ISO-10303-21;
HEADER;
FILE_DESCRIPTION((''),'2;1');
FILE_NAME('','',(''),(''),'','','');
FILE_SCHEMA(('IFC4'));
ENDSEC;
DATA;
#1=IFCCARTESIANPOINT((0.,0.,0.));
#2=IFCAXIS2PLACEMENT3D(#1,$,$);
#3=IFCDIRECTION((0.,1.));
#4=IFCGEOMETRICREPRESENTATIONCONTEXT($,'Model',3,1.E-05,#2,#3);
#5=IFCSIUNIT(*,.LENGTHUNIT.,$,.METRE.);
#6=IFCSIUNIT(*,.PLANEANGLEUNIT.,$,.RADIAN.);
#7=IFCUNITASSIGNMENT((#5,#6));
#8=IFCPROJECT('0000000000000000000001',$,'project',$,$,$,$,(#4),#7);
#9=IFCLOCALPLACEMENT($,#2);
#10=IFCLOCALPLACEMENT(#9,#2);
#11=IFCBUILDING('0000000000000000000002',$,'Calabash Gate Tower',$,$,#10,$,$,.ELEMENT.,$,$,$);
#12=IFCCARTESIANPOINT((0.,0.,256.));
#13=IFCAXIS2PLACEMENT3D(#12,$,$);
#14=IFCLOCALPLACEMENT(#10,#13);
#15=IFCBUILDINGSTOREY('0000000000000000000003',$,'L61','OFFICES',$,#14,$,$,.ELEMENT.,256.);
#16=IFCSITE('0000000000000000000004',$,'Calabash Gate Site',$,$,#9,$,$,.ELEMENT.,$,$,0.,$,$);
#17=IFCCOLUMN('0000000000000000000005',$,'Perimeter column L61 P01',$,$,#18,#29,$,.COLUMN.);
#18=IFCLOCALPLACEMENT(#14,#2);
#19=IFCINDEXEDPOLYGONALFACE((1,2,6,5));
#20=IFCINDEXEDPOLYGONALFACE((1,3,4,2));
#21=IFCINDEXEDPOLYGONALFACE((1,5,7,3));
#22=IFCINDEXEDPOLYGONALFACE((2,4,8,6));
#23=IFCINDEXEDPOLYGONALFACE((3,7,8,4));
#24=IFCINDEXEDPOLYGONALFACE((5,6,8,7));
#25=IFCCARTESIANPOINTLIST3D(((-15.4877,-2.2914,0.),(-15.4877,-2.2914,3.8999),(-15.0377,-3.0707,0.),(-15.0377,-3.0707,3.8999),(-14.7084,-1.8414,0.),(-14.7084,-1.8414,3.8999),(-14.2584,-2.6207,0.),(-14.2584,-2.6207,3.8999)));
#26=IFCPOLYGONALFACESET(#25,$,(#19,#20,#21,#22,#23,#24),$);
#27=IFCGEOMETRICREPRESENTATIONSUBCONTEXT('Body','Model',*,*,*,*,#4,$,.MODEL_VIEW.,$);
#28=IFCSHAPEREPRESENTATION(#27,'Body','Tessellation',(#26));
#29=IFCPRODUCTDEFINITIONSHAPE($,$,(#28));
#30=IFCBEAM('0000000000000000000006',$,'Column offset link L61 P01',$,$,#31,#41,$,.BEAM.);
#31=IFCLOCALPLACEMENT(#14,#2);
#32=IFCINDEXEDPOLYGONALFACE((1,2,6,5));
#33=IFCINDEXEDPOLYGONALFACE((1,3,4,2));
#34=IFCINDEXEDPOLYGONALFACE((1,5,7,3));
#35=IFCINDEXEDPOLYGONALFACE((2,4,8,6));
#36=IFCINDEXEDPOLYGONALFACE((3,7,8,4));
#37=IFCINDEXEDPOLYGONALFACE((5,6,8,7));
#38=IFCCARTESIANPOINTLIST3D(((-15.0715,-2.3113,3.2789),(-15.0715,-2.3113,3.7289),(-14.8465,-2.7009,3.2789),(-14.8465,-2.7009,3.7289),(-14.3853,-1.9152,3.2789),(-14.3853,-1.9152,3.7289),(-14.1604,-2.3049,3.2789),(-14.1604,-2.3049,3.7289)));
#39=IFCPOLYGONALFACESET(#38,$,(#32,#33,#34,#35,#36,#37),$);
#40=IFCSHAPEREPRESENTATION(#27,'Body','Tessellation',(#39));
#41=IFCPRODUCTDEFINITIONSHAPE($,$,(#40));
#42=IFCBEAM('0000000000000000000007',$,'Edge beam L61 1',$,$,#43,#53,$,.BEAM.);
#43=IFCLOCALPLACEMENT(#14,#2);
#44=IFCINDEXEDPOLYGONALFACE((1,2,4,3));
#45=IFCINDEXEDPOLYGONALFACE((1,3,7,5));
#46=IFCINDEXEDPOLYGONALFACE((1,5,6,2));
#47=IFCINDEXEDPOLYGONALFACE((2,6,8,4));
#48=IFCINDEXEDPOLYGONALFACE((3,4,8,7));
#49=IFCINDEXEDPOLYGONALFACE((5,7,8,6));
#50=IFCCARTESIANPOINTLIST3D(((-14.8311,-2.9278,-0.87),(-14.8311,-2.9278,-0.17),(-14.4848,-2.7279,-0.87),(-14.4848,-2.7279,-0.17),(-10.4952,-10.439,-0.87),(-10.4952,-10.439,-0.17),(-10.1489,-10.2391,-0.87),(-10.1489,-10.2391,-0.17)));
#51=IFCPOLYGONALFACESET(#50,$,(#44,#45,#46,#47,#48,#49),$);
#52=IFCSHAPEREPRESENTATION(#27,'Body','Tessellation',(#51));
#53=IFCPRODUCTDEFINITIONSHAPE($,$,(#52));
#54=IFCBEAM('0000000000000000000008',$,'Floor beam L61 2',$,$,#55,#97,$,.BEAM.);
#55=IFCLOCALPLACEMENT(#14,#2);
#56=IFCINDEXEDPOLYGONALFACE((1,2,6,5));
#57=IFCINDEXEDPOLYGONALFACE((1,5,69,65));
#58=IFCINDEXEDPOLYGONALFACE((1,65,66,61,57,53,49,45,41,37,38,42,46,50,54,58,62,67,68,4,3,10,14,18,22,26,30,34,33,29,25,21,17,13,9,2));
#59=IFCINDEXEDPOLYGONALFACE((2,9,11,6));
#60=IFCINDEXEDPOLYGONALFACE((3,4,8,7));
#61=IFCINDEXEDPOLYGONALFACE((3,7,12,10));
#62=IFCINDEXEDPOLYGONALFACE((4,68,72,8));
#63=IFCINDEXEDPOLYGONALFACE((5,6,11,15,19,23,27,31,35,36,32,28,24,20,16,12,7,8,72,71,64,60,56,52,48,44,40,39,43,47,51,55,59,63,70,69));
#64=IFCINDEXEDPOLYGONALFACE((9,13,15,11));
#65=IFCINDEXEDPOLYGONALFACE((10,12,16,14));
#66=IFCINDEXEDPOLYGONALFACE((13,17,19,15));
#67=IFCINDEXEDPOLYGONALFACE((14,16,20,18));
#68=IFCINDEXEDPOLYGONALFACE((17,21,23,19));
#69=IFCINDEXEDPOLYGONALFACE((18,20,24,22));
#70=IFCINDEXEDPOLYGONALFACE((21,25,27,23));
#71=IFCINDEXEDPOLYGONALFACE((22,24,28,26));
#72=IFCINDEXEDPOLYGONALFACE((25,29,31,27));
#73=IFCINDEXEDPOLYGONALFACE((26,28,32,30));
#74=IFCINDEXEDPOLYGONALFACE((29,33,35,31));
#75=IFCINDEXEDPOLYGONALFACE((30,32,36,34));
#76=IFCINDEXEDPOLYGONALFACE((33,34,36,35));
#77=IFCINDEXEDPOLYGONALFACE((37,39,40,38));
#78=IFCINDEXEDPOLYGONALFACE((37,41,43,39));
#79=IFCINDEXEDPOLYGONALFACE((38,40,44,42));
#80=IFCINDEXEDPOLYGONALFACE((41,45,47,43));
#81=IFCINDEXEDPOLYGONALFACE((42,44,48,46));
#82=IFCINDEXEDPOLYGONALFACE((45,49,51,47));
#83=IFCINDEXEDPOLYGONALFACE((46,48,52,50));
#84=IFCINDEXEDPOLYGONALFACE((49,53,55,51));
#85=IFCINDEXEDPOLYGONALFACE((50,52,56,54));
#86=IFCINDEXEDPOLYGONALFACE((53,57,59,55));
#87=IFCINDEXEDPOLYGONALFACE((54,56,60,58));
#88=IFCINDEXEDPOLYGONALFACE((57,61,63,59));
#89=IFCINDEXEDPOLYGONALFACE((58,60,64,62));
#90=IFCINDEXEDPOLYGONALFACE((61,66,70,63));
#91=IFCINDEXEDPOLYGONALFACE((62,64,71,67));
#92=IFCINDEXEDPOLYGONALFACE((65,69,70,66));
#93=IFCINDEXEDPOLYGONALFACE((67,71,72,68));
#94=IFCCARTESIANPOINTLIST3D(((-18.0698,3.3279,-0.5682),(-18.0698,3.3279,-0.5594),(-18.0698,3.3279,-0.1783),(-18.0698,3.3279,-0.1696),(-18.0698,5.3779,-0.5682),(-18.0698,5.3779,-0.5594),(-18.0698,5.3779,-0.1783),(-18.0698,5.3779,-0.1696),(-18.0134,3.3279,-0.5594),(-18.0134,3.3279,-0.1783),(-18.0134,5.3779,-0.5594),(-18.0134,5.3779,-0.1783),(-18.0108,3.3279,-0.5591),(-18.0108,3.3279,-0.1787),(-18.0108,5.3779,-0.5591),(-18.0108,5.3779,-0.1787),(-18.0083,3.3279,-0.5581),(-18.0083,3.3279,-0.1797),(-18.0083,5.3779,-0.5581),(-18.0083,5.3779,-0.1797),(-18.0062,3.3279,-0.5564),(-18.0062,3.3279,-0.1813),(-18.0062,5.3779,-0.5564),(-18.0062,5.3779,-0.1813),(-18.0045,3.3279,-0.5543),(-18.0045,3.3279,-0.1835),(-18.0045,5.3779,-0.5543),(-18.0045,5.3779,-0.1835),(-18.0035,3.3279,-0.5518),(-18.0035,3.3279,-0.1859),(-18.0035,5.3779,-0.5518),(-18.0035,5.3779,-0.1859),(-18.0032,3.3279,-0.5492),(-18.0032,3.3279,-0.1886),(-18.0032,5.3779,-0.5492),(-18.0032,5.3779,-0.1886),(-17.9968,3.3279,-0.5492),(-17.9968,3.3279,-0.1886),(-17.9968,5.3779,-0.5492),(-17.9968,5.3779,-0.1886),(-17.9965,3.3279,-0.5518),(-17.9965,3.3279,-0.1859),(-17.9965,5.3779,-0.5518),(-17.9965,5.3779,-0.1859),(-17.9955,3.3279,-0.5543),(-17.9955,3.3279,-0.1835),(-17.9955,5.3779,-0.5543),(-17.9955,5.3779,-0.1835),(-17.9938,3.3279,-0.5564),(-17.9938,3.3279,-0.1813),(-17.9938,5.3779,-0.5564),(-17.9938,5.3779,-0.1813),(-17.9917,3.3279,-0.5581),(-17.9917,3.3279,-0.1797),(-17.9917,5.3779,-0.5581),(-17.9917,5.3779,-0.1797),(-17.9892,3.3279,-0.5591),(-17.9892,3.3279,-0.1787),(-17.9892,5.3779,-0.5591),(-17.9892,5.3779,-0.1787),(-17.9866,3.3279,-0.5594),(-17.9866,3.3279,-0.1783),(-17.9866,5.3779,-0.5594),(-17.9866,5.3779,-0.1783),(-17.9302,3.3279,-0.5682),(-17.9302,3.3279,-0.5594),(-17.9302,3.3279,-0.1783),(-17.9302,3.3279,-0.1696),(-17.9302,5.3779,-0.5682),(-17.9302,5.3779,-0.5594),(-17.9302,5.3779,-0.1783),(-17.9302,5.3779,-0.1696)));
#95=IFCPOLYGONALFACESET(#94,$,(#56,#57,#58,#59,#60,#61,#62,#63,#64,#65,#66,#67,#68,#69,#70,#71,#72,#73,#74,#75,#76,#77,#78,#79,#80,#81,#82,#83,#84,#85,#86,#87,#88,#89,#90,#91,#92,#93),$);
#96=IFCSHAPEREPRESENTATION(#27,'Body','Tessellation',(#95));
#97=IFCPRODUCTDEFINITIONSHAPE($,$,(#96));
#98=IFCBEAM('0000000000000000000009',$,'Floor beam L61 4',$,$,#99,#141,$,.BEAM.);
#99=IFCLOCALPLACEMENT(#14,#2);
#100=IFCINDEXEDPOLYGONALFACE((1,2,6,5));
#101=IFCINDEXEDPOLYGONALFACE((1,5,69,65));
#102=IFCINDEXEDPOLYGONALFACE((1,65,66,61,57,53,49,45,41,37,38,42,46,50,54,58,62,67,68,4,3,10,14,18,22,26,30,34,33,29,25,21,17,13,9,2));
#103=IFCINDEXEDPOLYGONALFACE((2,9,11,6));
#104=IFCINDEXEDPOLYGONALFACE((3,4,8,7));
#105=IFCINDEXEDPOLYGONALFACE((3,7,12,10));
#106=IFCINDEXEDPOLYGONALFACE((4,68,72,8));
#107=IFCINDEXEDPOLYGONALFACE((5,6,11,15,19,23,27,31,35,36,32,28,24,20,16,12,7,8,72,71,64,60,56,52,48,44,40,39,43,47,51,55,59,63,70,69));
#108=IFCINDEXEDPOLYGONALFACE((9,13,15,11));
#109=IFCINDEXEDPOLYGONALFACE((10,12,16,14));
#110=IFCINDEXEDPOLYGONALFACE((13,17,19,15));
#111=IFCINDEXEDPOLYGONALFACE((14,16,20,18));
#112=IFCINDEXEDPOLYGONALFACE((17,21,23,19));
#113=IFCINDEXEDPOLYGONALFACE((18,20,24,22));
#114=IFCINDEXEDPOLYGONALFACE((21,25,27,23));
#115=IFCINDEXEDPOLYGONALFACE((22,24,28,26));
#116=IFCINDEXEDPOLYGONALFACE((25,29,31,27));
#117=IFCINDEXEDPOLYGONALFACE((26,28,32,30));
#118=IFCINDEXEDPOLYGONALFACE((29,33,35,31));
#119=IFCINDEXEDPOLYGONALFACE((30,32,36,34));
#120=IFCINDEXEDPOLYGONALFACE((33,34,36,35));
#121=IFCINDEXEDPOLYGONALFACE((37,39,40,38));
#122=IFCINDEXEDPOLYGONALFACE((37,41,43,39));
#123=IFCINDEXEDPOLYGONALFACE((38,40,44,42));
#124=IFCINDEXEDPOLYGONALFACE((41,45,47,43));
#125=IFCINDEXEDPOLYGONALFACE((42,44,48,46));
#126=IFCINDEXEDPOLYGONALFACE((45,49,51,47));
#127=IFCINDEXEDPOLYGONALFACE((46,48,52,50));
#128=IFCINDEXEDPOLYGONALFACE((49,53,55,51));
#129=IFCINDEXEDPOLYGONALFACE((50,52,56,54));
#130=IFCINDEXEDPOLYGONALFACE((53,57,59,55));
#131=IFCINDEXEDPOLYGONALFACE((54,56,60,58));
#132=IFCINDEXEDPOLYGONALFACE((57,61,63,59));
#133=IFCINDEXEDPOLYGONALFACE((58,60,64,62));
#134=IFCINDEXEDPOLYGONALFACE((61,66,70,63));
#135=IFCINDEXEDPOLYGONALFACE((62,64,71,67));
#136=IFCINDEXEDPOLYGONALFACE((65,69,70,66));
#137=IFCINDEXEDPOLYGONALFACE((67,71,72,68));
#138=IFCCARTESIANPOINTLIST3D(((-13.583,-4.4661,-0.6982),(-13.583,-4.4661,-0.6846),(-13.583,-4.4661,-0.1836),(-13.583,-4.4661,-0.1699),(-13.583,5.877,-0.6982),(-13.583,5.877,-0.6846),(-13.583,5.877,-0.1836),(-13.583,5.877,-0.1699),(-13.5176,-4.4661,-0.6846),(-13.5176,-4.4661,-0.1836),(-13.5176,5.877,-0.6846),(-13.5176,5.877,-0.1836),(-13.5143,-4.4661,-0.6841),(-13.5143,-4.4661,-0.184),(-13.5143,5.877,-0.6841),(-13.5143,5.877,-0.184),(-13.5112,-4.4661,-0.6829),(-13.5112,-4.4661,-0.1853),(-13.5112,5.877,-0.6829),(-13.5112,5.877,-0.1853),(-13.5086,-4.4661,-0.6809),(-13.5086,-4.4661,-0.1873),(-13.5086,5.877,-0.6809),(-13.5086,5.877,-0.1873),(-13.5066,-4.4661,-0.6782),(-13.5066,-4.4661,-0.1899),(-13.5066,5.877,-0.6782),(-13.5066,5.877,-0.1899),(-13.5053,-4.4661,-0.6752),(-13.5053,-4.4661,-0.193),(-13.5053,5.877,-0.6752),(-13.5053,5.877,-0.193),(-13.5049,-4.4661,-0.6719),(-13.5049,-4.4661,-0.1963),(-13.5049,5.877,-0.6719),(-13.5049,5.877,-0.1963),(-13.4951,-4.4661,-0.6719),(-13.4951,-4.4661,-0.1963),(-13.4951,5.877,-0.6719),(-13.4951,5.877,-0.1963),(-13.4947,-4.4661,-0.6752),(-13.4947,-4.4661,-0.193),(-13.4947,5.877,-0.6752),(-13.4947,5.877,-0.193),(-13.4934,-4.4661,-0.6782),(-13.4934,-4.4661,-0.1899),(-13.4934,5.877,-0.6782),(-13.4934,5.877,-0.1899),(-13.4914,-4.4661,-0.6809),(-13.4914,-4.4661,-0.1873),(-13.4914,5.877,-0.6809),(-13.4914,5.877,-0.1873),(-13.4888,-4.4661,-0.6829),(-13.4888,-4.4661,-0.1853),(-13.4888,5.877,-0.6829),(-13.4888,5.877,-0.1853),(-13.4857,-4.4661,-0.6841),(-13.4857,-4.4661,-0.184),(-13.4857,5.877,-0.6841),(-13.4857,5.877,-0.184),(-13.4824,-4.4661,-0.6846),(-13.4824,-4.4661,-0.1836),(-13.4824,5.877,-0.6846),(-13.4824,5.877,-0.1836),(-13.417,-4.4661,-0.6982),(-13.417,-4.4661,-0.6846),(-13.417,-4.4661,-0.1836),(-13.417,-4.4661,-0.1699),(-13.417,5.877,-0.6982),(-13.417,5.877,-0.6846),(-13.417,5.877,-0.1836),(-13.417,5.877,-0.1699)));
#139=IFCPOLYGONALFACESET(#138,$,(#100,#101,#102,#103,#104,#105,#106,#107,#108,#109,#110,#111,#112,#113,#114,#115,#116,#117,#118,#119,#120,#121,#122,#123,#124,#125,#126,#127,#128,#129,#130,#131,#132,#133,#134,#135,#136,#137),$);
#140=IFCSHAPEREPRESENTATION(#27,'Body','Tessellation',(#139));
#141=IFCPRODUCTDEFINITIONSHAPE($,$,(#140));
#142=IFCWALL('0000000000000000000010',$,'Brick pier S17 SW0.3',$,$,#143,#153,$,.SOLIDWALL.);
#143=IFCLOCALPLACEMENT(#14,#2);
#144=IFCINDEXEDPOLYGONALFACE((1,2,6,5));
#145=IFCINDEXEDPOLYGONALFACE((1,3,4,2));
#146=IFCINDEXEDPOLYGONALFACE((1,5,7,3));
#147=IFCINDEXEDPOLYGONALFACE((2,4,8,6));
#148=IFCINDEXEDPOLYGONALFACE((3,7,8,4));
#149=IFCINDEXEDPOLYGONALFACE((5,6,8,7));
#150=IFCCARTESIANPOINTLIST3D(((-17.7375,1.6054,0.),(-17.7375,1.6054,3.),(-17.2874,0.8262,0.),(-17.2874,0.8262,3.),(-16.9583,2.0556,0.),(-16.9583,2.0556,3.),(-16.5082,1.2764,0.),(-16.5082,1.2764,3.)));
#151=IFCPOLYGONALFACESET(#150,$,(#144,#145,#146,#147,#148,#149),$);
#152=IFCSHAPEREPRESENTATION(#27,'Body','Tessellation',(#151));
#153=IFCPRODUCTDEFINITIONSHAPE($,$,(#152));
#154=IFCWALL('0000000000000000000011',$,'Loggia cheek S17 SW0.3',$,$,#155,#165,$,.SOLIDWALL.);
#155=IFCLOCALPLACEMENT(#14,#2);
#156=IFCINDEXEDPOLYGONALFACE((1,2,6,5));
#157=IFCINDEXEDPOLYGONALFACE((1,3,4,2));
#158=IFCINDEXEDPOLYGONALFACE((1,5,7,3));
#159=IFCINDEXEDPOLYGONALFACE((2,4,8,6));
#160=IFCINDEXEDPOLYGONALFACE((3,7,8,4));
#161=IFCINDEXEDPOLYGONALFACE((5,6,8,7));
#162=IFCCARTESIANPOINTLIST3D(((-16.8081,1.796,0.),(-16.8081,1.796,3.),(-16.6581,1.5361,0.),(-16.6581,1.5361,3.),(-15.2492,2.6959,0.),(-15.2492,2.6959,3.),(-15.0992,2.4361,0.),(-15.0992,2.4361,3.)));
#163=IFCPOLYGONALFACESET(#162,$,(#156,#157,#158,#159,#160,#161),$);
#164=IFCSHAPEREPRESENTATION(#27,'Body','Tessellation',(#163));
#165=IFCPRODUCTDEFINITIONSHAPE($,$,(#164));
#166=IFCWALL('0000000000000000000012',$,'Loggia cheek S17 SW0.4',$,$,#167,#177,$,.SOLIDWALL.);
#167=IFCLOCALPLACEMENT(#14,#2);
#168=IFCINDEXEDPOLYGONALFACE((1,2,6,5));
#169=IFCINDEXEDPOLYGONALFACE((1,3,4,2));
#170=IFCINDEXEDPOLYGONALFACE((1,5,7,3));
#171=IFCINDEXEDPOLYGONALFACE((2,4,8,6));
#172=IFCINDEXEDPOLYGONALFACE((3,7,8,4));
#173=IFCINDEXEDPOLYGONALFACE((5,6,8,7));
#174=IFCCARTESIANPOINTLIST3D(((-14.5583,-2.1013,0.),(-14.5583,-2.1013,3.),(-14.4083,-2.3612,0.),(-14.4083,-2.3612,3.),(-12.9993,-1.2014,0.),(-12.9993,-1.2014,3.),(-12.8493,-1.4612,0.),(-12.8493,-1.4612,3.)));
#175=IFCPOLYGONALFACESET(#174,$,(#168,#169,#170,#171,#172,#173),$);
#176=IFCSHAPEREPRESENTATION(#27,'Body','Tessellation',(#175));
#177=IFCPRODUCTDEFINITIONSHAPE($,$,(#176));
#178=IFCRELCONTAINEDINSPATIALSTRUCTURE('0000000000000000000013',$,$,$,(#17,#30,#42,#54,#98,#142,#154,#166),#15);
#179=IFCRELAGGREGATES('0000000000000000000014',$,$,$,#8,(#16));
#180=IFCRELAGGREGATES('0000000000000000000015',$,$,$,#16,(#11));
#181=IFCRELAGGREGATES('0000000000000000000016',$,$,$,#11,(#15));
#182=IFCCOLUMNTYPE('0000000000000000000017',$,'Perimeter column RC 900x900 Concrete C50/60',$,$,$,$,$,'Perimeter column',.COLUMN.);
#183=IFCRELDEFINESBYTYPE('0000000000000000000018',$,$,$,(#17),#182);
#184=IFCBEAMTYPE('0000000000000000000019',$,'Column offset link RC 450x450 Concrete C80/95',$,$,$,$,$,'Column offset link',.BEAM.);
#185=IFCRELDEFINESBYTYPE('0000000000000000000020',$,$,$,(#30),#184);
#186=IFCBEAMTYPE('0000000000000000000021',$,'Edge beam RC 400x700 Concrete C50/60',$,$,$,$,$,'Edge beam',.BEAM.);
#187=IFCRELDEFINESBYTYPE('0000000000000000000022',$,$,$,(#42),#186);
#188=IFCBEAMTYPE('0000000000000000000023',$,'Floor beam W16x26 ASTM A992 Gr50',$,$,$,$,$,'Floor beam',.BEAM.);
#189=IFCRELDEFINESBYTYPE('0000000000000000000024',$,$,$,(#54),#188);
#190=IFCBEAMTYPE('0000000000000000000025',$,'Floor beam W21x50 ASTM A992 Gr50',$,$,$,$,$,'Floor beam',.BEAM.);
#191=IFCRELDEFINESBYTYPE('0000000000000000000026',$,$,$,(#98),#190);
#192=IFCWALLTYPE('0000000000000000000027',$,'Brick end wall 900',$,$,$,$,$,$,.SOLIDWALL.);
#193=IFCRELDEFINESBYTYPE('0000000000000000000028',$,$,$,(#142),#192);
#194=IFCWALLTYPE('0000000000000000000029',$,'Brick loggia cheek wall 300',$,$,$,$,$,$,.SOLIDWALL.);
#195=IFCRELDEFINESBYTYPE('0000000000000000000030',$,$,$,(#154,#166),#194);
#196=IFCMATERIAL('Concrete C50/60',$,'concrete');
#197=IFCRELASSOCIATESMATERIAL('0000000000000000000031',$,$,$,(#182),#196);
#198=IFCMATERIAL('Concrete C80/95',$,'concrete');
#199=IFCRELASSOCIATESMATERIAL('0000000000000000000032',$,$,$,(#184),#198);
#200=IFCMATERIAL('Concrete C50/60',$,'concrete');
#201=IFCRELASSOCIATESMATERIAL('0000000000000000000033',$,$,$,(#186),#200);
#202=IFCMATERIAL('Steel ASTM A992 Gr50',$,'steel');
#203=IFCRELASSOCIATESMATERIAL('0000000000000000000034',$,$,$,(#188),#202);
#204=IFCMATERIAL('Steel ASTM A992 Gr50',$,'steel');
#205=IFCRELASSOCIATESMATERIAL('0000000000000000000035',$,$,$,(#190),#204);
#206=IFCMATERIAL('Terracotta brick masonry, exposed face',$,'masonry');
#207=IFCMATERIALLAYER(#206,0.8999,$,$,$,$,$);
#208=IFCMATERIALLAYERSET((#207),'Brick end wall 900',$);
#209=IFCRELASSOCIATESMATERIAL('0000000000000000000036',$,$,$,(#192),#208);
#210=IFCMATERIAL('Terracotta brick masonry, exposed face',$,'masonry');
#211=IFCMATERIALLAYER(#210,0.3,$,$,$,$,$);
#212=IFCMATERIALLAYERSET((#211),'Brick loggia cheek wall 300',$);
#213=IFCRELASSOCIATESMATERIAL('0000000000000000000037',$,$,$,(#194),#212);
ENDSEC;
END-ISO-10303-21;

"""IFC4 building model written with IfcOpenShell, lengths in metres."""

from ifc_helpers import new_model, si_unit, direction, frame, frame_2d, origin, origin_2d, place, context, subcontext, project, spatial, rectangle, i_section, extrude, material, layer, layer_set, material_profile, profile_set, type_object, element, save


model = new_model("IFC4")

# Units and contexts
model_context = context("Model", 3, precision=1e-05, world=origin(), true_north=direction((0.0, 1.0)))
body_context = subcontext(model_context, "Body", "Model", "MODEL_VIEW")
ifc_project = project(units=[si_unit("LENGTHUNIT", "METRE"), si_unit("PLANEANGLEUNIT", "RADIAN")], contexts=[model_context])

# Site, building, storey
site_placement = place(None, origin())
site = spatial("IfcSite", under=ifc_project, at=site_placement, Name="Calabash Gate Site", CompositionType="ELEMENT", RefElevation=0.0)
building_placement = place(site_placement, origin())
building = spatial("IfcBuilding", under=site, at=building_placement, Name="Calabash Gate Tower", CompositionType="ELEMENT")
storey_placement = place(building_placement, frame((0.0, 0.0, 256.0)))
storey = spatial("IfcBuildingStorey", under=building, at=storey_placement, Name="L61", Description="OFFICES", CompositionType="ELEMENT", Elevation=256.0)

# Column
ifc_material_1 = material(Name="Concrete C50/60", Category="concrete")
ifc_material_profile_1 = material_profile(ifc_material_1, rectangle(XDim=0.8999, YDim=0.8999, at=origin_2d()))
ifc_profile_set_1 = profile_set([ifc_material_profile_1], Name="Concrete C50/60")
column_type = type_object("IfcColumnType", Name="Perimeter column RC 900x900 Concrete C50/60", ElementType="Perimeter column", PredefinedType="COLUMN", material=ifc_profile_set_1)
column_placement = place(storey_placement, frame((-14.873, -2.4561, 0.0), z_axis=(0.0, 0.0, 1.0), x_axis=(0.5, -0.866025, 0.0)))
element("IfcColumn", 1, at=column_placement, inside=storey, type_object=column_type, Name="Perimeter column L61 P01", PredefinedType="COLUMN", context=body_context, shape_type="SweptSolid", body=[
    extrude(rectangle(XDim=0.8999, YDim=0.8999, at=origin_2d()), origin(), (0.0, 0.0, 1.0), 3.8999),
])

# Beams
ifc_material_2 = material(Name="Concrete C80/95", Category="concrete")
ifc_material_profile_2 = material_profile(ifc_material_2, rectangle(XDim=0.45, YDim=0.45, at=origin_2d()))
ifc_profile_set_2 = profile_set([ifc_material_profile_2], Name="Concrete C80/95")
beam_type_1 = type_object("IfcBeamType", Name="Column offset link RC 450x450 Concrete C80/95", ElementType="Column offset link", PredefinedType="BEAM", material=ifc_profile_set_2)
beam_1_placement = place(storey_placement, frame((-14.959, -2.5061, 3.5039), z_axis=(0.866073, 0.499918, 0.0), x_axis=(-0.499918, 0.866073, 0.0)))
element("IfcBeam", 2, at=beam_1_placement, inside=storey, type_object=beam_type_1, Name="Column offset link L61 P01", PredefinedType="BEAM", context=body_context, shape_type="SweptSolid", body=[
    extrude(rectangle(XDim=0.45, YDim=0.45, at=origin_2d()), origin(), (0.0, 0.0, 1.0), 0.7922),
])
ifc_material_3 = material(Name="Concrete C50/60", Category="concrete")
ifc_material_profile_3 = material_profile(ifc_material_3, rectangle(XDim=0.3999, YDim=0.7, at=origin_2d()))
ifc_profile_set_3 = profile_set([ifc_material_profile_3], Name="Concrete C50/60")
beam_type_2 = type_object("IfcBeamType", Name="Edge beam RC 400x700 Concrete C50/60", ElementType="Edge beam", PredefinedType="BEAM", material=ifc_profile_set_3)
beam_2_placement = place(storey_placement, frame((-14.658, -2.8279, -0.52), z_axis=(0.499942, -0.866059, 0.0), x_axis=(0.866059, 0.499942, 0.0)))
element("IfcBeam", 3, at=beam_2_placement, inside=storey, type_object=beam_type_2, Name="Edge beam L61 1", PredefinedType="BEAM", context=body_context, shape_type="SweptSolid", body=[
    extrude(rectangle(XDim=0.3999, YDim=0.7, at=origin_2d()), origin(), (0.0, 0.0, 1.0), 8.6729),
])
ifc_material_4 = material(Name="Steel ASTM A992 Gr50", Category="steel")
ifc_material_profile_4 = material_profile(ifc_material_4, i_section(OverallWidth=0.1396, OverallDepth=0.3987, WebThickness=0.0063, FlangeThickness=0.0088, FilletRadius=0.0103, at=origin_2d()))
ifc_profile_set_4 = profile_set([ifc_material_profile_4], Name="Steel ASTM A992 Gr50")
beam_type_3 = type_object("IfcBeamType", Name="Floor beam W16x26 ASTM A992 Gr50", ElementType="Floor beam", PredefinedType="BEAM", material=ifc_profile_set_4)
beam_3_placement = place(storey_placement, frame((-18.0, 3.3279, -0.3689), z_axis=(0.0, 1.0, 0.0), x_axis=(-1.0, 0.0, 0.0)))
element("IfcBeam", 4, at=beam_3_placement, inside=storey, type_object=beam_type_3, Name="Floor beam L61 2", PredefinedType="BEAM", context=body_context, shape_type="SweptSolid", body=[
    extrude(i_section(OverallWidth=0.1396, OverallDepth=0.3987, WebThickness=0.0063, FlangeThickness=0.0088, FilletRadius=0.0103, at=origin_2d()), origin(), (0.0, 0.0, 1.0), 2.05),
])
ifc_material_5 = material(Name="Steel ASTM A992 Gr50", Category="steel")
ifc_material_profile_5 = material_profile(ifc_material_5, i_section(OverallWidth=0.166, OverallDepth=0.5283, WebThickness=0.0098, FlangeThickness=0.0137, FilletRadius=0.0127, at=origin_2d()))
ifc_profile_set_5 = profile_set([ifc_material_profile_5], Name="Steel ASTM A992 Gr50")
beam_type_4 = type_object("IfcBeamType", Name="Floor beam W21x50 ASTM A992 Gr50", ElementType="Floor beam", PredefinedType="BEAM", material=ifc_profile_set_5)
beam_4_placement = place(storey_placement, frame((-13.5, -4.4661, -0.4341), z_axis=(0.0, 1.0, 0.0), x_axis=(-1.0, 0.0, 0.0)))
element("IfcBeam", 5, at=beam_4_placement, inside=storey, type_object=beam_type_4, Name="Floor beam L61 4", PredefinedType="BEAM", context=body_context, shape_type="SweptSolid", body=[
    extrude(i_section(OverallWidth=0.166, OverallDepth=0.5283, WebThickness=0.0098, FlangeThickness=0.0137, FilletRadius=0.0127, at=origin_2d()), origin(), (0.0, 0.0, 1.0), 10.343),
])

# Walls
ifc_material_6 = material(Name="Terracotta brick masonry, exposed face", Category="masonry")
ifc_layer_1 = layer(ifc_material_6, 0.8999)
ifc_layer_set_1 = layer_set([ifc_layer_1], Name="Brick end wall 900")
wall_type_1 = type_object("IfcWallType", Name="Brick end wall 900", PredefinedType="SOLIDWALL", material=ifc_layer_set_1)
wall_1_placement = place(storey_placement, frame((-17.5125, 1.2158, 0.0), z_axis=(0.0, 0.0, 1.0), x_axis=(0.865896, 0.500223, 0.0)))
element("IfcWall", 6, at=wall_1_placement, inside=storey, type_object=wall_type_1, Name="Brick pier S17 SW0.3", PredefinedType="SOLIDWALL", context=body_context, shape_type="SweptSolid", body=[
    extrude(rectangle(XDim=0.8999, YDim=0.8999, at=frame_2d((0.45, 0.0))), origin(), (0.0, 0.0, 1.0), 3.0),
])
ifc_material_7 = material(Name="Terracotta brick masonry, exposed face", Category="masonry")
ifc_layer_2 = layer(ifc_material_7, 0.3)
ifc_layer_set_2 = layer_set([ifc_layer_2], Name="Brick loggia cheek wall 300")
wall_type_2 = type_object("IfcWallType", Name="Brick loggia cheek wall 300", PredefinedType="SOLIDWALL", material=ifc_layer_set_2)
for number, where, z_axis, x_axis, name in (
    (7, (-15.1743, 2.5659, 0.0), (0.0, 0.0, 1.0), (-0.866048, -0.499961, 0.0), "Loggia cheek S17 SW0.3"),
    (8, (-14.4832, -2.2312, 0.0), (0.0, 0.0, 1.0), (0.866048, 0.499961, 0.0), "Loggia cheek S17 SW0.4"),
):
    element("IfcWall", number, at=place(storey_placement, frame(where, z_axis=z_axis, x_axis=x_axis)), inside=storey, type_object=wall_type_2, Name=name, PredefinedType="SOLIDWALL", context=body_context, shape_type="SweptSolid", body=[
        extrude(rectangle(XDim=1.8, YDim=0.3, at=frame_2d((0.8999, 0.0))), origin(), (0.0, 0.0, 1.0), 3.0),
    ])

save(model, "model.ifc")
